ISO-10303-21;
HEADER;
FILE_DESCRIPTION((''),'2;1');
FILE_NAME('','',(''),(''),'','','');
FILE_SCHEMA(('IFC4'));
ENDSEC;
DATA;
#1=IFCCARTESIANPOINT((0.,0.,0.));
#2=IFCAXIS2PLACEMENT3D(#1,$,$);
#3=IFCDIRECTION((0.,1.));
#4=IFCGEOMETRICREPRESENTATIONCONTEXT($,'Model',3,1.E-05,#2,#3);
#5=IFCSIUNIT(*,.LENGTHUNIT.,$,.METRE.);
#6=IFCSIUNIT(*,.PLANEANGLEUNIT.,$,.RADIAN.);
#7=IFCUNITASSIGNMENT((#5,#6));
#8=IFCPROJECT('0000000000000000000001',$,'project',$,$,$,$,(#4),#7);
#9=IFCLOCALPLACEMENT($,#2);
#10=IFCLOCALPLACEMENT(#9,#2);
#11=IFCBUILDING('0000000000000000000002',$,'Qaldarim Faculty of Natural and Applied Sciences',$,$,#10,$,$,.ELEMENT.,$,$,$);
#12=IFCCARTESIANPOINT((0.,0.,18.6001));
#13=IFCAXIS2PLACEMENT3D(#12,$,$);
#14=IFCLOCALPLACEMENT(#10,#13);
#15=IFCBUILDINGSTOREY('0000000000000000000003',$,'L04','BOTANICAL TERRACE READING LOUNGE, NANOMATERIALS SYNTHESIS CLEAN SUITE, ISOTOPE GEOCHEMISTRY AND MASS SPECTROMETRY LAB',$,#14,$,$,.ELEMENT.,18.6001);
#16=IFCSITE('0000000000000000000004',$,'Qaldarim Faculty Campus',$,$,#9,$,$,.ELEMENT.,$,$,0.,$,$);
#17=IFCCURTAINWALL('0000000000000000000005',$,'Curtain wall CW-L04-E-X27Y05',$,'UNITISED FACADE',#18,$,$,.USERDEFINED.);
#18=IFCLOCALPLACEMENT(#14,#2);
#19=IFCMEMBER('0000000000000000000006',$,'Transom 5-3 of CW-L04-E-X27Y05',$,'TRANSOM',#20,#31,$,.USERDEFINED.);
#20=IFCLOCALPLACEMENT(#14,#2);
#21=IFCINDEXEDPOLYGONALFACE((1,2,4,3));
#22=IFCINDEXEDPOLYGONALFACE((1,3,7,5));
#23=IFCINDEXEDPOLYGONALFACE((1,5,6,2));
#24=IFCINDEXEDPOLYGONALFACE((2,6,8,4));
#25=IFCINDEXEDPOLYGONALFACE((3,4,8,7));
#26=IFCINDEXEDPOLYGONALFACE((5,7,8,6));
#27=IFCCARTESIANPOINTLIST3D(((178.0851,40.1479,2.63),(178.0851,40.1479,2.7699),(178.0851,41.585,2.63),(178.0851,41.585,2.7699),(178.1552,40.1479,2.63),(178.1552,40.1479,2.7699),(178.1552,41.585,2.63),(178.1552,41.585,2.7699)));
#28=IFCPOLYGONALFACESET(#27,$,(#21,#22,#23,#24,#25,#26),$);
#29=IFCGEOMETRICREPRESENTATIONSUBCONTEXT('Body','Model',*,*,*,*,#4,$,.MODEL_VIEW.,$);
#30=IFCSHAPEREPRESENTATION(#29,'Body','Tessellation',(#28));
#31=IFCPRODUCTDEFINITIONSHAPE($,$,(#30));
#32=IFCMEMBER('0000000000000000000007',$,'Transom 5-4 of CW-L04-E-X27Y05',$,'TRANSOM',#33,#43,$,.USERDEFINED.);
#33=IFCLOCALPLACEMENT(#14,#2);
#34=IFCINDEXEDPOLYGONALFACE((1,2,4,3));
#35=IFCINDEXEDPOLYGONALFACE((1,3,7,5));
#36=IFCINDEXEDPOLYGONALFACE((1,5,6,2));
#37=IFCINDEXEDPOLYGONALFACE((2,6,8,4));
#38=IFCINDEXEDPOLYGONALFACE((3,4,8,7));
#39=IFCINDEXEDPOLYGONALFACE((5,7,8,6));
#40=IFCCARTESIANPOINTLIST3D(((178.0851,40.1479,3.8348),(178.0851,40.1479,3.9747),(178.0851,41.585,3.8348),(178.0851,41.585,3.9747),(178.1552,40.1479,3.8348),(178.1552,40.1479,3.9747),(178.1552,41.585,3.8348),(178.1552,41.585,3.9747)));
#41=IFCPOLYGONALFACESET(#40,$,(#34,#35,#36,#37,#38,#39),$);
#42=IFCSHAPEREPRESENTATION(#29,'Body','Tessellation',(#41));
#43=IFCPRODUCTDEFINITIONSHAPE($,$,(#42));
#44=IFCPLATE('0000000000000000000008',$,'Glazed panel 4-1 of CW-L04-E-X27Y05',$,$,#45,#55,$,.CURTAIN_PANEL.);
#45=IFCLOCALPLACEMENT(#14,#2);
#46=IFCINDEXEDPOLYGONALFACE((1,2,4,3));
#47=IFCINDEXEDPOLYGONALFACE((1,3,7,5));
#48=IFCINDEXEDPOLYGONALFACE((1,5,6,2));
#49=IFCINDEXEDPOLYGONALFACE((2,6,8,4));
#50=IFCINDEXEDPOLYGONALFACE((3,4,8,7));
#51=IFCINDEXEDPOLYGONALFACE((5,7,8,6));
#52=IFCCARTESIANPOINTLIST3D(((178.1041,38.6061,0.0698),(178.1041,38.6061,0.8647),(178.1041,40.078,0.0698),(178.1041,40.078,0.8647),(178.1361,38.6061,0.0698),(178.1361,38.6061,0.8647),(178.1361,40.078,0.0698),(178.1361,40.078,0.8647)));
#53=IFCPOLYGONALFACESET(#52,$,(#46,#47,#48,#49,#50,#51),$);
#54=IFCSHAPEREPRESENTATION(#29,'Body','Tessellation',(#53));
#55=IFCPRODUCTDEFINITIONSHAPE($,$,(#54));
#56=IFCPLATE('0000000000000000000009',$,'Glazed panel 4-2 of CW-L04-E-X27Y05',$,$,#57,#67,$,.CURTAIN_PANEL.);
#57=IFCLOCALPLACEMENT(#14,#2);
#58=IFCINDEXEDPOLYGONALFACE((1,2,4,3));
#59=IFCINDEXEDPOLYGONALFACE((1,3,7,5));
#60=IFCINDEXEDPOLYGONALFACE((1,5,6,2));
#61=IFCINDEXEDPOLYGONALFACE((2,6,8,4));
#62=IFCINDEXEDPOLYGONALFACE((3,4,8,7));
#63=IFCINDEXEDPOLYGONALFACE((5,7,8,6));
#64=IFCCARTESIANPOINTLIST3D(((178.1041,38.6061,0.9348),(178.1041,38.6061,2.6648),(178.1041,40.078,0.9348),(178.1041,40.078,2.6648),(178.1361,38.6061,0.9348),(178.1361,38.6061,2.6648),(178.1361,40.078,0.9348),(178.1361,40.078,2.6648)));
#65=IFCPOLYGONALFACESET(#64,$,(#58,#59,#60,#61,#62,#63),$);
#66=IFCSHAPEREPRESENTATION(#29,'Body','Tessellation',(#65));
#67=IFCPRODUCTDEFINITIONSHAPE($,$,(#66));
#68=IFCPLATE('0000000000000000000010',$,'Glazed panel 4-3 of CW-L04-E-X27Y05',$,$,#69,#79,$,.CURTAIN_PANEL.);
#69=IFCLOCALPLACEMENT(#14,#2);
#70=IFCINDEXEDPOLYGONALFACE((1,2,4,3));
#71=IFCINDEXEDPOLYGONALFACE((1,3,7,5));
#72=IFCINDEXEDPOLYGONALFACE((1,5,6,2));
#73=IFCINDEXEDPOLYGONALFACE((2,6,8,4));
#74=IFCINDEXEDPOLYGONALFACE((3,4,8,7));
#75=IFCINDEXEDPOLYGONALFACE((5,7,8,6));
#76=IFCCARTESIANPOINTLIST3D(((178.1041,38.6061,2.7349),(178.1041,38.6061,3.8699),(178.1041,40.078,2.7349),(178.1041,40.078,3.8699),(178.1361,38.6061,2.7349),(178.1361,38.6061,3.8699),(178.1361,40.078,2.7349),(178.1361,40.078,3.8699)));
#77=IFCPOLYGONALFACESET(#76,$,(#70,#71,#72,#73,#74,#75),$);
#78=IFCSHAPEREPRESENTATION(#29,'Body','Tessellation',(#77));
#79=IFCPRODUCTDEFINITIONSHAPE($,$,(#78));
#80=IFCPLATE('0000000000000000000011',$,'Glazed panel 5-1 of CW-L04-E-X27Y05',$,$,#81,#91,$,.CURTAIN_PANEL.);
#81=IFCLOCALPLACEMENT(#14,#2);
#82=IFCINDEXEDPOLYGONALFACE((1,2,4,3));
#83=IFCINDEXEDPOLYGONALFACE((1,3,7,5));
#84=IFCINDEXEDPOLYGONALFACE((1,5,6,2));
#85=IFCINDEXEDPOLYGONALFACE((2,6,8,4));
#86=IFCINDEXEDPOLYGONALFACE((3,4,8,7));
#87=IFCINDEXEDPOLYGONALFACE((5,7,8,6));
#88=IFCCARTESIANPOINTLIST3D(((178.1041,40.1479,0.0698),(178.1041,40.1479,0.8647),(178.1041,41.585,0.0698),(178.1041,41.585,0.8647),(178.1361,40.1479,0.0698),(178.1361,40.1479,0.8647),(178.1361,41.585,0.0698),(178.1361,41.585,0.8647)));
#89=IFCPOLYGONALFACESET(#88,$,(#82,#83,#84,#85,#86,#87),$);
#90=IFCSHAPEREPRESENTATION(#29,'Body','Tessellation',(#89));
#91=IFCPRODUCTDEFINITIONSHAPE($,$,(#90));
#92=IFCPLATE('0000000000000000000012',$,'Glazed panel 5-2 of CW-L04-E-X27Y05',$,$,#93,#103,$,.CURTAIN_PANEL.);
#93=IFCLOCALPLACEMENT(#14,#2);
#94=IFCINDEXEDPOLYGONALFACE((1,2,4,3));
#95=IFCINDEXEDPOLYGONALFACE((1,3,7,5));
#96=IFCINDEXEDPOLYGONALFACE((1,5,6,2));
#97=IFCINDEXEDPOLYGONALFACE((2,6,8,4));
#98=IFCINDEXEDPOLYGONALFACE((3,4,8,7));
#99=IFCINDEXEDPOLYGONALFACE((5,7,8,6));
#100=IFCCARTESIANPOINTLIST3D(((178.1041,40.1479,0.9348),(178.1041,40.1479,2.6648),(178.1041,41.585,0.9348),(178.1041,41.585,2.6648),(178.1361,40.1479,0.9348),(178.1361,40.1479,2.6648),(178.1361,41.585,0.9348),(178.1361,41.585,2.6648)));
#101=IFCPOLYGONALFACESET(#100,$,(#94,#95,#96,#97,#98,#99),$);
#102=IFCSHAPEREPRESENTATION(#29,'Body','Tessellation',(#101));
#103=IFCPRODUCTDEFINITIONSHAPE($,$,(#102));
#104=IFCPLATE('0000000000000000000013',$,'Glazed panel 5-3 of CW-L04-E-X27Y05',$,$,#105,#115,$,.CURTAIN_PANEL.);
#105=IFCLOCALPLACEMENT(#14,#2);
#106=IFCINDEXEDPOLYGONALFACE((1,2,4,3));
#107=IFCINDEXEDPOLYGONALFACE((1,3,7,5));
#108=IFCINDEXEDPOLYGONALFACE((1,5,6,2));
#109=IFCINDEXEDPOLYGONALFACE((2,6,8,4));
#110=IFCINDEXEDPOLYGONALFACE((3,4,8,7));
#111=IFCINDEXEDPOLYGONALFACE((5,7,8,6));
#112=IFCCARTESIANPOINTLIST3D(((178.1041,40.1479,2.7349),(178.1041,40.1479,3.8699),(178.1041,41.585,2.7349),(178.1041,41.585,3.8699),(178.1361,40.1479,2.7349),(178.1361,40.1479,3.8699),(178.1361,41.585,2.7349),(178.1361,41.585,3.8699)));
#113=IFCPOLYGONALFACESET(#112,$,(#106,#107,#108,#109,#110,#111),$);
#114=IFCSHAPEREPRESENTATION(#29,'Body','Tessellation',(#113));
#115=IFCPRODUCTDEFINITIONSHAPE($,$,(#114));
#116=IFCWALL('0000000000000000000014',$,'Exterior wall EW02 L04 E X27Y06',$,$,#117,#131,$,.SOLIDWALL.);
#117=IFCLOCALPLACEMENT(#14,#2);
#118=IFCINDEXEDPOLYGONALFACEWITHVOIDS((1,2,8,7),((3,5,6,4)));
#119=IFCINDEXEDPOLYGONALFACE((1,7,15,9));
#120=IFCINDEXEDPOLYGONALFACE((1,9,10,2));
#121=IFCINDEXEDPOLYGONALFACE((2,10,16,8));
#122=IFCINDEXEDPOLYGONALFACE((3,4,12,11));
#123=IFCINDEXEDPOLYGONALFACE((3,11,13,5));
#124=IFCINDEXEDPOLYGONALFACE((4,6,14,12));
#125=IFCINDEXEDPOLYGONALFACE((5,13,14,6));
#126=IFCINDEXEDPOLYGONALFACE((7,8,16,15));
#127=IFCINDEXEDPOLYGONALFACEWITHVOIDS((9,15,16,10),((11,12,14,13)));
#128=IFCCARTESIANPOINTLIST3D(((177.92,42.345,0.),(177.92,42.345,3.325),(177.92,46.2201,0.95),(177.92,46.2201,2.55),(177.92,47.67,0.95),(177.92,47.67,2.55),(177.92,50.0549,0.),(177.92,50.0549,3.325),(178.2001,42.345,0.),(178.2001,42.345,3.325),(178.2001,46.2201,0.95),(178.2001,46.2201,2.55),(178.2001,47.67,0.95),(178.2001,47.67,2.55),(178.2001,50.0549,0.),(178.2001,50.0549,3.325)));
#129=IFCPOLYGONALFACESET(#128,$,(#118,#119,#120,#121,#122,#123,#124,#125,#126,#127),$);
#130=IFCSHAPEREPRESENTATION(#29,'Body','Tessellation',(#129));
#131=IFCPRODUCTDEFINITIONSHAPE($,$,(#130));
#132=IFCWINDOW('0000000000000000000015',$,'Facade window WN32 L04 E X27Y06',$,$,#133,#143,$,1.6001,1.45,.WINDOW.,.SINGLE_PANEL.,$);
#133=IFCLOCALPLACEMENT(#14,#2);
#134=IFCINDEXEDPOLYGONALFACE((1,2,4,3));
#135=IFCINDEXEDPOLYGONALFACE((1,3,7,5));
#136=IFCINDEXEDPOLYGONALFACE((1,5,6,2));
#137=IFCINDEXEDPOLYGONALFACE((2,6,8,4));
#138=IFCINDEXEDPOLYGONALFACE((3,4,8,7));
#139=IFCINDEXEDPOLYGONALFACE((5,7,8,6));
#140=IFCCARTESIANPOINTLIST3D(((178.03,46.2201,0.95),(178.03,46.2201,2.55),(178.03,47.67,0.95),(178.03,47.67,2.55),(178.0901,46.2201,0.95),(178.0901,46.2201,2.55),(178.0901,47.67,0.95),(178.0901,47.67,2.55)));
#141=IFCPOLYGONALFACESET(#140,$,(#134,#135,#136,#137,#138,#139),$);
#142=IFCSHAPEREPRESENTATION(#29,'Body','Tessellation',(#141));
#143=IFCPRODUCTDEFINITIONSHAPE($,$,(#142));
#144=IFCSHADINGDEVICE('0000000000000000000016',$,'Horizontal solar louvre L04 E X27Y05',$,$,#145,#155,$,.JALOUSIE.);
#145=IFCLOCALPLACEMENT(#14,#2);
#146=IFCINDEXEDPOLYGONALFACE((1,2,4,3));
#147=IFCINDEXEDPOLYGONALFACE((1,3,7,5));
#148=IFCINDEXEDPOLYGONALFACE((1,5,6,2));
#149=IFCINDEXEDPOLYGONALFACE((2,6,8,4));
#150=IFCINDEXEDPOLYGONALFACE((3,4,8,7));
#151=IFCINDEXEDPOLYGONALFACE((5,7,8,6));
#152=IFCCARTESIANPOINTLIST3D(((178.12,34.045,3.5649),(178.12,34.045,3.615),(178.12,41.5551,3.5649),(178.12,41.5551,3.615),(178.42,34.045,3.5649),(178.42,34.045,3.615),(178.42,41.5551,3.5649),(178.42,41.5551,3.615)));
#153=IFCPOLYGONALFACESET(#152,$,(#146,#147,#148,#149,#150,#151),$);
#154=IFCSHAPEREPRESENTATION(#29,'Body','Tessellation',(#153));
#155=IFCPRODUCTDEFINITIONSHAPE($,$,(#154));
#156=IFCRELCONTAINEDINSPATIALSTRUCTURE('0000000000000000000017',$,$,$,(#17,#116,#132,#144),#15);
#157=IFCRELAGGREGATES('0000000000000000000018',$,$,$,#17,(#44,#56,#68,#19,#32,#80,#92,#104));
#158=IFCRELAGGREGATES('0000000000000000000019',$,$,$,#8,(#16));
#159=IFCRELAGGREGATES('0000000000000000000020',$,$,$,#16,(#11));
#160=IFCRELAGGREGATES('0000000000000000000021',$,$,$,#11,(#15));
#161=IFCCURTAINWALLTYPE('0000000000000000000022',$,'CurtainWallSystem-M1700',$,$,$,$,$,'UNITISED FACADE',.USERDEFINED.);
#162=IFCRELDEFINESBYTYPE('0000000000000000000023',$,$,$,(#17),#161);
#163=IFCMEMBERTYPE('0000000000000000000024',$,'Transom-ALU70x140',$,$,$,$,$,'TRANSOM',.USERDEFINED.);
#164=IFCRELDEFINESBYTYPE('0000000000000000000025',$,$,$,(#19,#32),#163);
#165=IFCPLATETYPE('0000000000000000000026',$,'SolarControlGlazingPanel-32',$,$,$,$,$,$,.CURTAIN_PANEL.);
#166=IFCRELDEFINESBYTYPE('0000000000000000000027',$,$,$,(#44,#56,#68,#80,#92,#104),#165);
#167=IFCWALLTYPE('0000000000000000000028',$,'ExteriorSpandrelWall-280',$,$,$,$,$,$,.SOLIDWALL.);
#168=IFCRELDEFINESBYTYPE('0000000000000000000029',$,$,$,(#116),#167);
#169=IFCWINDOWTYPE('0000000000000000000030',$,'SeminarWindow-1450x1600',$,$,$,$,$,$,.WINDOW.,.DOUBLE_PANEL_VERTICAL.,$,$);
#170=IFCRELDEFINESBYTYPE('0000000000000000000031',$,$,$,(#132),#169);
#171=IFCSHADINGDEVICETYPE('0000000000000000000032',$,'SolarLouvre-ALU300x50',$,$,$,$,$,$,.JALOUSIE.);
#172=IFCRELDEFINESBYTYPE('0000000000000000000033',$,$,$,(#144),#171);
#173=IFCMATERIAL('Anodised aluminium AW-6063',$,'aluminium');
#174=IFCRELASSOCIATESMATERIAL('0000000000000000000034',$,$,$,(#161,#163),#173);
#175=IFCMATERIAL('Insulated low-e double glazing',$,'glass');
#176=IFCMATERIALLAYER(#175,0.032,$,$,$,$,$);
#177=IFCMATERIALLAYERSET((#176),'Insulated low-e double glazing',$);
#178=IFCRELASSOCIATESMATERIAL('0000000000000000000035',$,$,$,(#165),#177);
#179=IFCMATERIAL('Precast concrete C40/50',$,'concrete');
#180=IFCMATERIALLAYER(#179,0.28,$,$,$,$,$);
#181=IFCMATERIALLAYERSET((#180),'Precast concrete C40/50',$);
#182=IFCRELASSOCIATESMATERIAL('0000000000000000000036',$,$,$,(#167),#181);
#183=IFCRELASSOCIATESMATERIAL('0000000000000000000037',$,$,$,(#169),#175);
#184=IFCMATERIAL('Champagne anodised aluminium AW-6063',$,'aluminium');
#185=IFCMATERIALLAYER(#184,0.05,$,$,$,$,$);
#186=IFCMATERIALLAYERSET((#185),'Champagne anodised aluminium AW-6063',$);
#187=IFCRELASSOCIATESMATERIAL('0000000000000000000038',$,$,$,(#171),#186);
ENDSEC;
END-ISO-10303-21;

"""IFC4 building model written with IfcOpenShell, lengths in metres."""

from ifc_helpers import new_model, si_unit, direction, frame, frame_2d, origin, origin_2d, place, context, subcontext, project, spatial, rectangle, extrude, material, layer, layer_set, material_profile, profile_set, type_object, element, fill, aggregate, save


model = new_model("IFC4")

# Units and contexts
model_context = context("Model", 3, precision=1e-05, world=origin(), true_north=direction((0.0, 1.0)))
body_context = subcontext(model_context, "Body", "Model", "MODEL_VIEW")
ifc_project = project(units=[si_unit("LENGTHUNIT", "METRE"), si_unit("PLANEANGLEUNIT", "RADIAN")], contexts=[model_context])

# Site, building, storey
site_placement = place(None, origin())
site = spatial("IfcSite", under=ifc_project, at=site_placement, Name="Qaldarim Faculty Campus", CompositionType="ELEMENT", RefElevation=0.0)
building_placement = place(site_placement, origin())
building = spatial("IfcBuilding", under=site, at=building_placement, Name="Qaldarim Faculty of Natural and Applied Sciences", CompositionType="ELEMENT")
storey_placement = place(building_placement, frame((0.0, 0.0, 18.6001)))
storey = spatial("IfcBuildingStorey", under=building, at=storey_placement, Name="L04", Description="BOTANICAL TERRACE READING LOUNGE, NANOMATERIALS SYNTHESIS CLEAN SUITE, ISOTOPE GEOCHEMISTRY AND MASS SPECTROMETRY LAB", CompositionType="ELEMENT", Elevation=18.6001)

# Curtain wall
ifc_material_1 = material(Name="Anodised aluminium AW-6063", Category="aluminium")
curtain_wall_type = type_object("IfcCurtainWallType", Name="CurtainWallSystem-M1700", ElementType="UNITISED FACADE", PredefinedType="USERDEFINED", material=ifc_material_1)
curtain_wall_placement = place(storey_placement, origin())
curtain_wall = element("IfcCurtainWall", 1, at=curtain_wall_placement, inside=storey, type_object=curtain_wall_type, Name="Curtain wall CW-L04-E-X27Y05", ObjectType="UNITISED FACADE", PredefinedType="USERDEFINED")

# Members
ifc_material_profile_1 = material_profile(ifc_material_1, rectangle(XDim=0.0701, YDim=0.1399, at=origin_2d()), Name="ALU-T70x140")
ifc_profile_set_1 = profile_set([ifc_material_profile_1], Name="Anodised aluminium AW-6063")
member_type_1 = type_object("IfcMemberType", Name="Transom-ALU70x140", ElementType="TRANSOM", PredefinedType="USERDEFINED", material=ifc_profile_set_1)
member_1_placement = place(storey_placement, frame((178.1201, 40.1479, 2.7), z_axis=(0.0, 1.0, 0.0), x_axis=(-1.0, 0.0, 0.0)))
member_1 = element("IfcMember", 2, at=member_1_placement, type_object=member_type_1, Name="Transom 5-3 of CW-L04-E-X27Y05", ObjectType="TRANSOM", PredefinedType="USERDEFINED", context=body_context, shape_type="SweptSolid", body=[
    extrude(rectangle(XDim=0.0701, YDim=0.1399, at=origin_2d()), origin(), (0.0, 0.0, 1.0), 1.437),
])
member_2_placement = place(storey_placement, frame((178.1201, 40.1479, 3.9048), z_axis=(0.0, 1.0, 0.0), x_axis=(-1.0, 0.0, 0.0)))
member_2 = element("IfcMember", 3, at=member_2_placement, type_object=member_type_1, Name="Transom 5-4 of CW-L04-E-X27Y05", ObjectType="TRANSOM", PredefinedType="USERDEFINED", context=body_context, shape_type="SweptSolid", body=[
    extrude(rectangle(XDim=0.0701, YDim=0.1399, at=origin_2d()), origin(), (0.0, 0.0, 1.0), 1.437),
])

# Plates
ifc_material_2 = material(Name="Insulated low-e double glazing", Category="glass")
ifc_layer_1 = layer(ifc_material_2, 0.032)
ifc_layer_set_1 = layer_set([ifc_layer_1], Name="Insulated low-e double glazing")
plate_type = type_object("IfcPlateType", Name="SolarControlGlazingPanel-32", PredefinedType="CURTAIN_PANEL", material=ifc_layer_set_1)
plate_1_placement = place(storey_placement, frame((178.1201, 39.342, 0.0698), z_axis=(0.0, 0.0, 1.0), x_axis=(0.0, 1.0, 0.0)))
plate_1 = element("IfcPlate", 4, at=plate_1_placement, type_object=plate_type, Name="Glazed panel 4-1 of CW-L04-E-X27Y05", PredefinedType="CURTAIN_PANEL", context=body_context, shape_type="SweptSolid", body=[
    extrude(rectangle(XDim=1.4719, YDim=0.032, at=origin_2d()), origin(), (0.0, 0.0, 1.0), 0.7949),
])
plate_2_placement = place(storey_placement, frame((178.1201, 39.342, 0.9348), z_axis=(0.0, 0.0, 1.0), x_axis=(0.0, 1.0, 0.0)))
plate_2 = element("IfcPlate", 5, at=plate_2_placement, type_object=plate_type, Name="Glazed panel 4-2 of CW-L04-E-X27Y05", PredefinedType="CURTAIN_PANEL", context=body_context, shape_type="SweptSolid", body=[
    extrude(rectangle(XDim=1.4719, YDim=0.032, at=origin_2d()), origin(), (0.0, 0.0, 1.0), 1.73),
])
plate_3_placement = place(storey_placement, frame((178.1201, 39.342, 2.7349), z_axis=(0.0, 0.0, 1.0), x_axis=(0.0, 1.0, 0.0)))
plate_3 = element("IfcPlate", 6, at=plate_3_placement, type_object=plate_type, Name="Glazed panel 4-3 of CW-L04-E-X27Y05", PredefinedType="CURTAIN_PANEL", context=body_context, shape_type="SweptSolid", body=[
    extrude(rectangle(XDim=1.4719, YDim=0.032, at=origin_2d()), origin(), (0.0, 0.0, 1.0), 1.135),
])
plate_4_placement = place(storey_placement, frame((178.1201, 40.8665, 0.0698), z_axis=(0.0, 0.0, 1.0), x_axis=(0.0, 1.0, 0.0)))
plate_4 = element("IfcPlate", 7, at=plate_4_placement, type_object=plate_type, Name="Glazed panel 5-1 of CW-L04-E-X27Y05", PredefinedType="CURTAIN_PANEL", context=body_context, shape_type="SweptSolid", body=[
    extrude(rectangle(XDim=1.437, YDim=0.032, at=origin_2d()), origin(), (0.0, 0.0, 1.0), 0.7949),
])
plate_5_placement = place(storey_placement, frame((178.1201, 40.8665, 0.9348), z_axis=(0.0, 0.0, 1.0), x_axis=(0.0, 1.0, 0.0)))
plate_5 = element("IfcPlate", 8, at=plate_5_placement, type_object=plate_type, Name="Glazed panel 5-2 of CW-L04-E-X27Y05", PredefinedType="CURTAIN_PANEL", context=body_context, shape_type="SweptSolid", body=[
    extrude(rectangle(XDim=1.437, YDim=0.032, at=origin_2d()), origin(), (0.0, 0.0, 1.0), 1.73),
])
plate_6_placement = place(storey_placement, frame((178.1201, 40.8665, 2.7349), z_axis=(0.0, 0.0, 1.0), x_axis=(0.0, 1.0, 0.0)))
plate_6 = element("IfcPlate", 9, at=plate_6_placement, type_object=plate_type, Name="Glazed panel 5-3 of CW-L04-E-X27Y05", PredefinedType="CURTAIN_PANEL", context=body_context, shape_type="SweptSolid", body=[
    extrude(rectangle(XDim=1.437, YDim=0.032, at=origin_2d()), origin(), (0.0, 0.0, 1.0), 1.135),
])
aggregate(curtain_wall, [plate_1, plate_2, plate_3, member_1, member_2, plate_4, plate_5, plate_6])

# Wall, opening, window
ifc_material_3 = material(Name="Precast concrete C40/50", Category="concrete")
ifc_layer_2 = layer(ifc_material_3, 0.28)
ifc_layer_set_2 = layer_set([ifc_layer_2], Name="Precast concrete C40/50")
wall_type = type_object("IfcWallType", Name="ExteriorSpandrelWall-280", PredefinedType="SOLIDWALL", material=ifc_layer_set_2)
wall_placement = place(storey_placement, frame((178.0601, 42.345, 0.0), z_axis=(0.0, 0.0, 1.0), x_axis=(0.0, 1.0, 0.0)))
wall = element("IfcWall", 10, at=wall_placement, inside=storey, type_object=wall_type, Name="Exterior wall EW02 L04 E X27Y06", PredefinedType="SOLIDWALL", context=body_context, shape_type="SweptSolid", body=[
    extrude(rectangle(XDim=7.71, YDim=0.28, at=frame_2d((3.855, 0.0))), origin(), (0.0, 0.0, 1.0), 3.325),
])
opening_placement = place(wall_placement, frame((3.875, 0.0, 0.95)))
opening = element("IfcOpeningElement", 11, at=opening_placement, cuts=wall, PredefinedType="OPENING", context=body_context, shape_type="SweptSolid", body=[
    extrude(rectangle(XDim=1.45, YDim=1.6001, at=frame_2d((0.7251, 0.8))), frame((0.0, 0.1499, 0.0), z_axis=(0.0, -1.0, 0.0), x_axis=(1.0, 0.0, 0.0)), (0.0, 0.0, 1.0), 0.3),
])
window_type = type_object("IfcWindowType", Name="SeminarWindow-1450x1600", PartitioningType="DOUBLE_PANEL_VERTICAL", PredefinedType="WINDOW", material=ifc_material_2)
window_placement = place(opening_placement, origin())
window = element("IfcWindow", 12, at=window_placement, inside=storey, type_object=window_type, Name="Facade window WN32 L04 E X27Y06", OverallHeight=1.6001, OverallWidth=1.45, PartitioningType="SINGLE_PANEL", PredefinedType="WINDOW", context=body_context, shape_type="SweptSolid", body=[
    extrude(rectangle(XDim=1.45, YDim=1.6001, at=frame_2d((0.7251, 0.8))), frame((0.0, 0.03, 0.0), z_axis=(0.0, -1.0, 0.0), x_axis=(1.0, 0.0, 0.0)), (0.0, 0.0, 1.0), 0.0601),
])
fill(opening, window)

# Shading device
ifc_material_4 = material(Name="Champagne anodised aluminium AW-6063", Category="aluminium")
ifc_layer_3 = layer(ifc_material_4, 0.05)
ifc_layer_set_3 = layer_set([ifc_layer_3], Name="Champagne anodised aluminium AW-6063")
shading_device_type = type_object("IfcShadingDeviceType", Name="SolarLouvre-ALU300x50", PredefinedType="JALOUSIE", material=ifc_layer_set_3)
shading_device_placement = place(storey_placement, frame((178.27, 37.8, 3.5649), z_axis=(0.0, 0.0, 1.0), x_axis=(0.0, 1.0, 0.0)))
element("IfcShadingDevice", 13, at=shading_device_placement, inside=storey, type_object=shading_device_type, Name="Horizontal solar louvre L04 E X27Y05", PredefinedType="JALOUSIE", context=body_context, shape_type="SweptSolid", body=[
    extrude(rectangle(XDim=7.51, YDim=0.3, at=origin_2d()), origin(), (0.0, 0.0, 1.0), 0.05),
])

save(model, "model.ifc")
